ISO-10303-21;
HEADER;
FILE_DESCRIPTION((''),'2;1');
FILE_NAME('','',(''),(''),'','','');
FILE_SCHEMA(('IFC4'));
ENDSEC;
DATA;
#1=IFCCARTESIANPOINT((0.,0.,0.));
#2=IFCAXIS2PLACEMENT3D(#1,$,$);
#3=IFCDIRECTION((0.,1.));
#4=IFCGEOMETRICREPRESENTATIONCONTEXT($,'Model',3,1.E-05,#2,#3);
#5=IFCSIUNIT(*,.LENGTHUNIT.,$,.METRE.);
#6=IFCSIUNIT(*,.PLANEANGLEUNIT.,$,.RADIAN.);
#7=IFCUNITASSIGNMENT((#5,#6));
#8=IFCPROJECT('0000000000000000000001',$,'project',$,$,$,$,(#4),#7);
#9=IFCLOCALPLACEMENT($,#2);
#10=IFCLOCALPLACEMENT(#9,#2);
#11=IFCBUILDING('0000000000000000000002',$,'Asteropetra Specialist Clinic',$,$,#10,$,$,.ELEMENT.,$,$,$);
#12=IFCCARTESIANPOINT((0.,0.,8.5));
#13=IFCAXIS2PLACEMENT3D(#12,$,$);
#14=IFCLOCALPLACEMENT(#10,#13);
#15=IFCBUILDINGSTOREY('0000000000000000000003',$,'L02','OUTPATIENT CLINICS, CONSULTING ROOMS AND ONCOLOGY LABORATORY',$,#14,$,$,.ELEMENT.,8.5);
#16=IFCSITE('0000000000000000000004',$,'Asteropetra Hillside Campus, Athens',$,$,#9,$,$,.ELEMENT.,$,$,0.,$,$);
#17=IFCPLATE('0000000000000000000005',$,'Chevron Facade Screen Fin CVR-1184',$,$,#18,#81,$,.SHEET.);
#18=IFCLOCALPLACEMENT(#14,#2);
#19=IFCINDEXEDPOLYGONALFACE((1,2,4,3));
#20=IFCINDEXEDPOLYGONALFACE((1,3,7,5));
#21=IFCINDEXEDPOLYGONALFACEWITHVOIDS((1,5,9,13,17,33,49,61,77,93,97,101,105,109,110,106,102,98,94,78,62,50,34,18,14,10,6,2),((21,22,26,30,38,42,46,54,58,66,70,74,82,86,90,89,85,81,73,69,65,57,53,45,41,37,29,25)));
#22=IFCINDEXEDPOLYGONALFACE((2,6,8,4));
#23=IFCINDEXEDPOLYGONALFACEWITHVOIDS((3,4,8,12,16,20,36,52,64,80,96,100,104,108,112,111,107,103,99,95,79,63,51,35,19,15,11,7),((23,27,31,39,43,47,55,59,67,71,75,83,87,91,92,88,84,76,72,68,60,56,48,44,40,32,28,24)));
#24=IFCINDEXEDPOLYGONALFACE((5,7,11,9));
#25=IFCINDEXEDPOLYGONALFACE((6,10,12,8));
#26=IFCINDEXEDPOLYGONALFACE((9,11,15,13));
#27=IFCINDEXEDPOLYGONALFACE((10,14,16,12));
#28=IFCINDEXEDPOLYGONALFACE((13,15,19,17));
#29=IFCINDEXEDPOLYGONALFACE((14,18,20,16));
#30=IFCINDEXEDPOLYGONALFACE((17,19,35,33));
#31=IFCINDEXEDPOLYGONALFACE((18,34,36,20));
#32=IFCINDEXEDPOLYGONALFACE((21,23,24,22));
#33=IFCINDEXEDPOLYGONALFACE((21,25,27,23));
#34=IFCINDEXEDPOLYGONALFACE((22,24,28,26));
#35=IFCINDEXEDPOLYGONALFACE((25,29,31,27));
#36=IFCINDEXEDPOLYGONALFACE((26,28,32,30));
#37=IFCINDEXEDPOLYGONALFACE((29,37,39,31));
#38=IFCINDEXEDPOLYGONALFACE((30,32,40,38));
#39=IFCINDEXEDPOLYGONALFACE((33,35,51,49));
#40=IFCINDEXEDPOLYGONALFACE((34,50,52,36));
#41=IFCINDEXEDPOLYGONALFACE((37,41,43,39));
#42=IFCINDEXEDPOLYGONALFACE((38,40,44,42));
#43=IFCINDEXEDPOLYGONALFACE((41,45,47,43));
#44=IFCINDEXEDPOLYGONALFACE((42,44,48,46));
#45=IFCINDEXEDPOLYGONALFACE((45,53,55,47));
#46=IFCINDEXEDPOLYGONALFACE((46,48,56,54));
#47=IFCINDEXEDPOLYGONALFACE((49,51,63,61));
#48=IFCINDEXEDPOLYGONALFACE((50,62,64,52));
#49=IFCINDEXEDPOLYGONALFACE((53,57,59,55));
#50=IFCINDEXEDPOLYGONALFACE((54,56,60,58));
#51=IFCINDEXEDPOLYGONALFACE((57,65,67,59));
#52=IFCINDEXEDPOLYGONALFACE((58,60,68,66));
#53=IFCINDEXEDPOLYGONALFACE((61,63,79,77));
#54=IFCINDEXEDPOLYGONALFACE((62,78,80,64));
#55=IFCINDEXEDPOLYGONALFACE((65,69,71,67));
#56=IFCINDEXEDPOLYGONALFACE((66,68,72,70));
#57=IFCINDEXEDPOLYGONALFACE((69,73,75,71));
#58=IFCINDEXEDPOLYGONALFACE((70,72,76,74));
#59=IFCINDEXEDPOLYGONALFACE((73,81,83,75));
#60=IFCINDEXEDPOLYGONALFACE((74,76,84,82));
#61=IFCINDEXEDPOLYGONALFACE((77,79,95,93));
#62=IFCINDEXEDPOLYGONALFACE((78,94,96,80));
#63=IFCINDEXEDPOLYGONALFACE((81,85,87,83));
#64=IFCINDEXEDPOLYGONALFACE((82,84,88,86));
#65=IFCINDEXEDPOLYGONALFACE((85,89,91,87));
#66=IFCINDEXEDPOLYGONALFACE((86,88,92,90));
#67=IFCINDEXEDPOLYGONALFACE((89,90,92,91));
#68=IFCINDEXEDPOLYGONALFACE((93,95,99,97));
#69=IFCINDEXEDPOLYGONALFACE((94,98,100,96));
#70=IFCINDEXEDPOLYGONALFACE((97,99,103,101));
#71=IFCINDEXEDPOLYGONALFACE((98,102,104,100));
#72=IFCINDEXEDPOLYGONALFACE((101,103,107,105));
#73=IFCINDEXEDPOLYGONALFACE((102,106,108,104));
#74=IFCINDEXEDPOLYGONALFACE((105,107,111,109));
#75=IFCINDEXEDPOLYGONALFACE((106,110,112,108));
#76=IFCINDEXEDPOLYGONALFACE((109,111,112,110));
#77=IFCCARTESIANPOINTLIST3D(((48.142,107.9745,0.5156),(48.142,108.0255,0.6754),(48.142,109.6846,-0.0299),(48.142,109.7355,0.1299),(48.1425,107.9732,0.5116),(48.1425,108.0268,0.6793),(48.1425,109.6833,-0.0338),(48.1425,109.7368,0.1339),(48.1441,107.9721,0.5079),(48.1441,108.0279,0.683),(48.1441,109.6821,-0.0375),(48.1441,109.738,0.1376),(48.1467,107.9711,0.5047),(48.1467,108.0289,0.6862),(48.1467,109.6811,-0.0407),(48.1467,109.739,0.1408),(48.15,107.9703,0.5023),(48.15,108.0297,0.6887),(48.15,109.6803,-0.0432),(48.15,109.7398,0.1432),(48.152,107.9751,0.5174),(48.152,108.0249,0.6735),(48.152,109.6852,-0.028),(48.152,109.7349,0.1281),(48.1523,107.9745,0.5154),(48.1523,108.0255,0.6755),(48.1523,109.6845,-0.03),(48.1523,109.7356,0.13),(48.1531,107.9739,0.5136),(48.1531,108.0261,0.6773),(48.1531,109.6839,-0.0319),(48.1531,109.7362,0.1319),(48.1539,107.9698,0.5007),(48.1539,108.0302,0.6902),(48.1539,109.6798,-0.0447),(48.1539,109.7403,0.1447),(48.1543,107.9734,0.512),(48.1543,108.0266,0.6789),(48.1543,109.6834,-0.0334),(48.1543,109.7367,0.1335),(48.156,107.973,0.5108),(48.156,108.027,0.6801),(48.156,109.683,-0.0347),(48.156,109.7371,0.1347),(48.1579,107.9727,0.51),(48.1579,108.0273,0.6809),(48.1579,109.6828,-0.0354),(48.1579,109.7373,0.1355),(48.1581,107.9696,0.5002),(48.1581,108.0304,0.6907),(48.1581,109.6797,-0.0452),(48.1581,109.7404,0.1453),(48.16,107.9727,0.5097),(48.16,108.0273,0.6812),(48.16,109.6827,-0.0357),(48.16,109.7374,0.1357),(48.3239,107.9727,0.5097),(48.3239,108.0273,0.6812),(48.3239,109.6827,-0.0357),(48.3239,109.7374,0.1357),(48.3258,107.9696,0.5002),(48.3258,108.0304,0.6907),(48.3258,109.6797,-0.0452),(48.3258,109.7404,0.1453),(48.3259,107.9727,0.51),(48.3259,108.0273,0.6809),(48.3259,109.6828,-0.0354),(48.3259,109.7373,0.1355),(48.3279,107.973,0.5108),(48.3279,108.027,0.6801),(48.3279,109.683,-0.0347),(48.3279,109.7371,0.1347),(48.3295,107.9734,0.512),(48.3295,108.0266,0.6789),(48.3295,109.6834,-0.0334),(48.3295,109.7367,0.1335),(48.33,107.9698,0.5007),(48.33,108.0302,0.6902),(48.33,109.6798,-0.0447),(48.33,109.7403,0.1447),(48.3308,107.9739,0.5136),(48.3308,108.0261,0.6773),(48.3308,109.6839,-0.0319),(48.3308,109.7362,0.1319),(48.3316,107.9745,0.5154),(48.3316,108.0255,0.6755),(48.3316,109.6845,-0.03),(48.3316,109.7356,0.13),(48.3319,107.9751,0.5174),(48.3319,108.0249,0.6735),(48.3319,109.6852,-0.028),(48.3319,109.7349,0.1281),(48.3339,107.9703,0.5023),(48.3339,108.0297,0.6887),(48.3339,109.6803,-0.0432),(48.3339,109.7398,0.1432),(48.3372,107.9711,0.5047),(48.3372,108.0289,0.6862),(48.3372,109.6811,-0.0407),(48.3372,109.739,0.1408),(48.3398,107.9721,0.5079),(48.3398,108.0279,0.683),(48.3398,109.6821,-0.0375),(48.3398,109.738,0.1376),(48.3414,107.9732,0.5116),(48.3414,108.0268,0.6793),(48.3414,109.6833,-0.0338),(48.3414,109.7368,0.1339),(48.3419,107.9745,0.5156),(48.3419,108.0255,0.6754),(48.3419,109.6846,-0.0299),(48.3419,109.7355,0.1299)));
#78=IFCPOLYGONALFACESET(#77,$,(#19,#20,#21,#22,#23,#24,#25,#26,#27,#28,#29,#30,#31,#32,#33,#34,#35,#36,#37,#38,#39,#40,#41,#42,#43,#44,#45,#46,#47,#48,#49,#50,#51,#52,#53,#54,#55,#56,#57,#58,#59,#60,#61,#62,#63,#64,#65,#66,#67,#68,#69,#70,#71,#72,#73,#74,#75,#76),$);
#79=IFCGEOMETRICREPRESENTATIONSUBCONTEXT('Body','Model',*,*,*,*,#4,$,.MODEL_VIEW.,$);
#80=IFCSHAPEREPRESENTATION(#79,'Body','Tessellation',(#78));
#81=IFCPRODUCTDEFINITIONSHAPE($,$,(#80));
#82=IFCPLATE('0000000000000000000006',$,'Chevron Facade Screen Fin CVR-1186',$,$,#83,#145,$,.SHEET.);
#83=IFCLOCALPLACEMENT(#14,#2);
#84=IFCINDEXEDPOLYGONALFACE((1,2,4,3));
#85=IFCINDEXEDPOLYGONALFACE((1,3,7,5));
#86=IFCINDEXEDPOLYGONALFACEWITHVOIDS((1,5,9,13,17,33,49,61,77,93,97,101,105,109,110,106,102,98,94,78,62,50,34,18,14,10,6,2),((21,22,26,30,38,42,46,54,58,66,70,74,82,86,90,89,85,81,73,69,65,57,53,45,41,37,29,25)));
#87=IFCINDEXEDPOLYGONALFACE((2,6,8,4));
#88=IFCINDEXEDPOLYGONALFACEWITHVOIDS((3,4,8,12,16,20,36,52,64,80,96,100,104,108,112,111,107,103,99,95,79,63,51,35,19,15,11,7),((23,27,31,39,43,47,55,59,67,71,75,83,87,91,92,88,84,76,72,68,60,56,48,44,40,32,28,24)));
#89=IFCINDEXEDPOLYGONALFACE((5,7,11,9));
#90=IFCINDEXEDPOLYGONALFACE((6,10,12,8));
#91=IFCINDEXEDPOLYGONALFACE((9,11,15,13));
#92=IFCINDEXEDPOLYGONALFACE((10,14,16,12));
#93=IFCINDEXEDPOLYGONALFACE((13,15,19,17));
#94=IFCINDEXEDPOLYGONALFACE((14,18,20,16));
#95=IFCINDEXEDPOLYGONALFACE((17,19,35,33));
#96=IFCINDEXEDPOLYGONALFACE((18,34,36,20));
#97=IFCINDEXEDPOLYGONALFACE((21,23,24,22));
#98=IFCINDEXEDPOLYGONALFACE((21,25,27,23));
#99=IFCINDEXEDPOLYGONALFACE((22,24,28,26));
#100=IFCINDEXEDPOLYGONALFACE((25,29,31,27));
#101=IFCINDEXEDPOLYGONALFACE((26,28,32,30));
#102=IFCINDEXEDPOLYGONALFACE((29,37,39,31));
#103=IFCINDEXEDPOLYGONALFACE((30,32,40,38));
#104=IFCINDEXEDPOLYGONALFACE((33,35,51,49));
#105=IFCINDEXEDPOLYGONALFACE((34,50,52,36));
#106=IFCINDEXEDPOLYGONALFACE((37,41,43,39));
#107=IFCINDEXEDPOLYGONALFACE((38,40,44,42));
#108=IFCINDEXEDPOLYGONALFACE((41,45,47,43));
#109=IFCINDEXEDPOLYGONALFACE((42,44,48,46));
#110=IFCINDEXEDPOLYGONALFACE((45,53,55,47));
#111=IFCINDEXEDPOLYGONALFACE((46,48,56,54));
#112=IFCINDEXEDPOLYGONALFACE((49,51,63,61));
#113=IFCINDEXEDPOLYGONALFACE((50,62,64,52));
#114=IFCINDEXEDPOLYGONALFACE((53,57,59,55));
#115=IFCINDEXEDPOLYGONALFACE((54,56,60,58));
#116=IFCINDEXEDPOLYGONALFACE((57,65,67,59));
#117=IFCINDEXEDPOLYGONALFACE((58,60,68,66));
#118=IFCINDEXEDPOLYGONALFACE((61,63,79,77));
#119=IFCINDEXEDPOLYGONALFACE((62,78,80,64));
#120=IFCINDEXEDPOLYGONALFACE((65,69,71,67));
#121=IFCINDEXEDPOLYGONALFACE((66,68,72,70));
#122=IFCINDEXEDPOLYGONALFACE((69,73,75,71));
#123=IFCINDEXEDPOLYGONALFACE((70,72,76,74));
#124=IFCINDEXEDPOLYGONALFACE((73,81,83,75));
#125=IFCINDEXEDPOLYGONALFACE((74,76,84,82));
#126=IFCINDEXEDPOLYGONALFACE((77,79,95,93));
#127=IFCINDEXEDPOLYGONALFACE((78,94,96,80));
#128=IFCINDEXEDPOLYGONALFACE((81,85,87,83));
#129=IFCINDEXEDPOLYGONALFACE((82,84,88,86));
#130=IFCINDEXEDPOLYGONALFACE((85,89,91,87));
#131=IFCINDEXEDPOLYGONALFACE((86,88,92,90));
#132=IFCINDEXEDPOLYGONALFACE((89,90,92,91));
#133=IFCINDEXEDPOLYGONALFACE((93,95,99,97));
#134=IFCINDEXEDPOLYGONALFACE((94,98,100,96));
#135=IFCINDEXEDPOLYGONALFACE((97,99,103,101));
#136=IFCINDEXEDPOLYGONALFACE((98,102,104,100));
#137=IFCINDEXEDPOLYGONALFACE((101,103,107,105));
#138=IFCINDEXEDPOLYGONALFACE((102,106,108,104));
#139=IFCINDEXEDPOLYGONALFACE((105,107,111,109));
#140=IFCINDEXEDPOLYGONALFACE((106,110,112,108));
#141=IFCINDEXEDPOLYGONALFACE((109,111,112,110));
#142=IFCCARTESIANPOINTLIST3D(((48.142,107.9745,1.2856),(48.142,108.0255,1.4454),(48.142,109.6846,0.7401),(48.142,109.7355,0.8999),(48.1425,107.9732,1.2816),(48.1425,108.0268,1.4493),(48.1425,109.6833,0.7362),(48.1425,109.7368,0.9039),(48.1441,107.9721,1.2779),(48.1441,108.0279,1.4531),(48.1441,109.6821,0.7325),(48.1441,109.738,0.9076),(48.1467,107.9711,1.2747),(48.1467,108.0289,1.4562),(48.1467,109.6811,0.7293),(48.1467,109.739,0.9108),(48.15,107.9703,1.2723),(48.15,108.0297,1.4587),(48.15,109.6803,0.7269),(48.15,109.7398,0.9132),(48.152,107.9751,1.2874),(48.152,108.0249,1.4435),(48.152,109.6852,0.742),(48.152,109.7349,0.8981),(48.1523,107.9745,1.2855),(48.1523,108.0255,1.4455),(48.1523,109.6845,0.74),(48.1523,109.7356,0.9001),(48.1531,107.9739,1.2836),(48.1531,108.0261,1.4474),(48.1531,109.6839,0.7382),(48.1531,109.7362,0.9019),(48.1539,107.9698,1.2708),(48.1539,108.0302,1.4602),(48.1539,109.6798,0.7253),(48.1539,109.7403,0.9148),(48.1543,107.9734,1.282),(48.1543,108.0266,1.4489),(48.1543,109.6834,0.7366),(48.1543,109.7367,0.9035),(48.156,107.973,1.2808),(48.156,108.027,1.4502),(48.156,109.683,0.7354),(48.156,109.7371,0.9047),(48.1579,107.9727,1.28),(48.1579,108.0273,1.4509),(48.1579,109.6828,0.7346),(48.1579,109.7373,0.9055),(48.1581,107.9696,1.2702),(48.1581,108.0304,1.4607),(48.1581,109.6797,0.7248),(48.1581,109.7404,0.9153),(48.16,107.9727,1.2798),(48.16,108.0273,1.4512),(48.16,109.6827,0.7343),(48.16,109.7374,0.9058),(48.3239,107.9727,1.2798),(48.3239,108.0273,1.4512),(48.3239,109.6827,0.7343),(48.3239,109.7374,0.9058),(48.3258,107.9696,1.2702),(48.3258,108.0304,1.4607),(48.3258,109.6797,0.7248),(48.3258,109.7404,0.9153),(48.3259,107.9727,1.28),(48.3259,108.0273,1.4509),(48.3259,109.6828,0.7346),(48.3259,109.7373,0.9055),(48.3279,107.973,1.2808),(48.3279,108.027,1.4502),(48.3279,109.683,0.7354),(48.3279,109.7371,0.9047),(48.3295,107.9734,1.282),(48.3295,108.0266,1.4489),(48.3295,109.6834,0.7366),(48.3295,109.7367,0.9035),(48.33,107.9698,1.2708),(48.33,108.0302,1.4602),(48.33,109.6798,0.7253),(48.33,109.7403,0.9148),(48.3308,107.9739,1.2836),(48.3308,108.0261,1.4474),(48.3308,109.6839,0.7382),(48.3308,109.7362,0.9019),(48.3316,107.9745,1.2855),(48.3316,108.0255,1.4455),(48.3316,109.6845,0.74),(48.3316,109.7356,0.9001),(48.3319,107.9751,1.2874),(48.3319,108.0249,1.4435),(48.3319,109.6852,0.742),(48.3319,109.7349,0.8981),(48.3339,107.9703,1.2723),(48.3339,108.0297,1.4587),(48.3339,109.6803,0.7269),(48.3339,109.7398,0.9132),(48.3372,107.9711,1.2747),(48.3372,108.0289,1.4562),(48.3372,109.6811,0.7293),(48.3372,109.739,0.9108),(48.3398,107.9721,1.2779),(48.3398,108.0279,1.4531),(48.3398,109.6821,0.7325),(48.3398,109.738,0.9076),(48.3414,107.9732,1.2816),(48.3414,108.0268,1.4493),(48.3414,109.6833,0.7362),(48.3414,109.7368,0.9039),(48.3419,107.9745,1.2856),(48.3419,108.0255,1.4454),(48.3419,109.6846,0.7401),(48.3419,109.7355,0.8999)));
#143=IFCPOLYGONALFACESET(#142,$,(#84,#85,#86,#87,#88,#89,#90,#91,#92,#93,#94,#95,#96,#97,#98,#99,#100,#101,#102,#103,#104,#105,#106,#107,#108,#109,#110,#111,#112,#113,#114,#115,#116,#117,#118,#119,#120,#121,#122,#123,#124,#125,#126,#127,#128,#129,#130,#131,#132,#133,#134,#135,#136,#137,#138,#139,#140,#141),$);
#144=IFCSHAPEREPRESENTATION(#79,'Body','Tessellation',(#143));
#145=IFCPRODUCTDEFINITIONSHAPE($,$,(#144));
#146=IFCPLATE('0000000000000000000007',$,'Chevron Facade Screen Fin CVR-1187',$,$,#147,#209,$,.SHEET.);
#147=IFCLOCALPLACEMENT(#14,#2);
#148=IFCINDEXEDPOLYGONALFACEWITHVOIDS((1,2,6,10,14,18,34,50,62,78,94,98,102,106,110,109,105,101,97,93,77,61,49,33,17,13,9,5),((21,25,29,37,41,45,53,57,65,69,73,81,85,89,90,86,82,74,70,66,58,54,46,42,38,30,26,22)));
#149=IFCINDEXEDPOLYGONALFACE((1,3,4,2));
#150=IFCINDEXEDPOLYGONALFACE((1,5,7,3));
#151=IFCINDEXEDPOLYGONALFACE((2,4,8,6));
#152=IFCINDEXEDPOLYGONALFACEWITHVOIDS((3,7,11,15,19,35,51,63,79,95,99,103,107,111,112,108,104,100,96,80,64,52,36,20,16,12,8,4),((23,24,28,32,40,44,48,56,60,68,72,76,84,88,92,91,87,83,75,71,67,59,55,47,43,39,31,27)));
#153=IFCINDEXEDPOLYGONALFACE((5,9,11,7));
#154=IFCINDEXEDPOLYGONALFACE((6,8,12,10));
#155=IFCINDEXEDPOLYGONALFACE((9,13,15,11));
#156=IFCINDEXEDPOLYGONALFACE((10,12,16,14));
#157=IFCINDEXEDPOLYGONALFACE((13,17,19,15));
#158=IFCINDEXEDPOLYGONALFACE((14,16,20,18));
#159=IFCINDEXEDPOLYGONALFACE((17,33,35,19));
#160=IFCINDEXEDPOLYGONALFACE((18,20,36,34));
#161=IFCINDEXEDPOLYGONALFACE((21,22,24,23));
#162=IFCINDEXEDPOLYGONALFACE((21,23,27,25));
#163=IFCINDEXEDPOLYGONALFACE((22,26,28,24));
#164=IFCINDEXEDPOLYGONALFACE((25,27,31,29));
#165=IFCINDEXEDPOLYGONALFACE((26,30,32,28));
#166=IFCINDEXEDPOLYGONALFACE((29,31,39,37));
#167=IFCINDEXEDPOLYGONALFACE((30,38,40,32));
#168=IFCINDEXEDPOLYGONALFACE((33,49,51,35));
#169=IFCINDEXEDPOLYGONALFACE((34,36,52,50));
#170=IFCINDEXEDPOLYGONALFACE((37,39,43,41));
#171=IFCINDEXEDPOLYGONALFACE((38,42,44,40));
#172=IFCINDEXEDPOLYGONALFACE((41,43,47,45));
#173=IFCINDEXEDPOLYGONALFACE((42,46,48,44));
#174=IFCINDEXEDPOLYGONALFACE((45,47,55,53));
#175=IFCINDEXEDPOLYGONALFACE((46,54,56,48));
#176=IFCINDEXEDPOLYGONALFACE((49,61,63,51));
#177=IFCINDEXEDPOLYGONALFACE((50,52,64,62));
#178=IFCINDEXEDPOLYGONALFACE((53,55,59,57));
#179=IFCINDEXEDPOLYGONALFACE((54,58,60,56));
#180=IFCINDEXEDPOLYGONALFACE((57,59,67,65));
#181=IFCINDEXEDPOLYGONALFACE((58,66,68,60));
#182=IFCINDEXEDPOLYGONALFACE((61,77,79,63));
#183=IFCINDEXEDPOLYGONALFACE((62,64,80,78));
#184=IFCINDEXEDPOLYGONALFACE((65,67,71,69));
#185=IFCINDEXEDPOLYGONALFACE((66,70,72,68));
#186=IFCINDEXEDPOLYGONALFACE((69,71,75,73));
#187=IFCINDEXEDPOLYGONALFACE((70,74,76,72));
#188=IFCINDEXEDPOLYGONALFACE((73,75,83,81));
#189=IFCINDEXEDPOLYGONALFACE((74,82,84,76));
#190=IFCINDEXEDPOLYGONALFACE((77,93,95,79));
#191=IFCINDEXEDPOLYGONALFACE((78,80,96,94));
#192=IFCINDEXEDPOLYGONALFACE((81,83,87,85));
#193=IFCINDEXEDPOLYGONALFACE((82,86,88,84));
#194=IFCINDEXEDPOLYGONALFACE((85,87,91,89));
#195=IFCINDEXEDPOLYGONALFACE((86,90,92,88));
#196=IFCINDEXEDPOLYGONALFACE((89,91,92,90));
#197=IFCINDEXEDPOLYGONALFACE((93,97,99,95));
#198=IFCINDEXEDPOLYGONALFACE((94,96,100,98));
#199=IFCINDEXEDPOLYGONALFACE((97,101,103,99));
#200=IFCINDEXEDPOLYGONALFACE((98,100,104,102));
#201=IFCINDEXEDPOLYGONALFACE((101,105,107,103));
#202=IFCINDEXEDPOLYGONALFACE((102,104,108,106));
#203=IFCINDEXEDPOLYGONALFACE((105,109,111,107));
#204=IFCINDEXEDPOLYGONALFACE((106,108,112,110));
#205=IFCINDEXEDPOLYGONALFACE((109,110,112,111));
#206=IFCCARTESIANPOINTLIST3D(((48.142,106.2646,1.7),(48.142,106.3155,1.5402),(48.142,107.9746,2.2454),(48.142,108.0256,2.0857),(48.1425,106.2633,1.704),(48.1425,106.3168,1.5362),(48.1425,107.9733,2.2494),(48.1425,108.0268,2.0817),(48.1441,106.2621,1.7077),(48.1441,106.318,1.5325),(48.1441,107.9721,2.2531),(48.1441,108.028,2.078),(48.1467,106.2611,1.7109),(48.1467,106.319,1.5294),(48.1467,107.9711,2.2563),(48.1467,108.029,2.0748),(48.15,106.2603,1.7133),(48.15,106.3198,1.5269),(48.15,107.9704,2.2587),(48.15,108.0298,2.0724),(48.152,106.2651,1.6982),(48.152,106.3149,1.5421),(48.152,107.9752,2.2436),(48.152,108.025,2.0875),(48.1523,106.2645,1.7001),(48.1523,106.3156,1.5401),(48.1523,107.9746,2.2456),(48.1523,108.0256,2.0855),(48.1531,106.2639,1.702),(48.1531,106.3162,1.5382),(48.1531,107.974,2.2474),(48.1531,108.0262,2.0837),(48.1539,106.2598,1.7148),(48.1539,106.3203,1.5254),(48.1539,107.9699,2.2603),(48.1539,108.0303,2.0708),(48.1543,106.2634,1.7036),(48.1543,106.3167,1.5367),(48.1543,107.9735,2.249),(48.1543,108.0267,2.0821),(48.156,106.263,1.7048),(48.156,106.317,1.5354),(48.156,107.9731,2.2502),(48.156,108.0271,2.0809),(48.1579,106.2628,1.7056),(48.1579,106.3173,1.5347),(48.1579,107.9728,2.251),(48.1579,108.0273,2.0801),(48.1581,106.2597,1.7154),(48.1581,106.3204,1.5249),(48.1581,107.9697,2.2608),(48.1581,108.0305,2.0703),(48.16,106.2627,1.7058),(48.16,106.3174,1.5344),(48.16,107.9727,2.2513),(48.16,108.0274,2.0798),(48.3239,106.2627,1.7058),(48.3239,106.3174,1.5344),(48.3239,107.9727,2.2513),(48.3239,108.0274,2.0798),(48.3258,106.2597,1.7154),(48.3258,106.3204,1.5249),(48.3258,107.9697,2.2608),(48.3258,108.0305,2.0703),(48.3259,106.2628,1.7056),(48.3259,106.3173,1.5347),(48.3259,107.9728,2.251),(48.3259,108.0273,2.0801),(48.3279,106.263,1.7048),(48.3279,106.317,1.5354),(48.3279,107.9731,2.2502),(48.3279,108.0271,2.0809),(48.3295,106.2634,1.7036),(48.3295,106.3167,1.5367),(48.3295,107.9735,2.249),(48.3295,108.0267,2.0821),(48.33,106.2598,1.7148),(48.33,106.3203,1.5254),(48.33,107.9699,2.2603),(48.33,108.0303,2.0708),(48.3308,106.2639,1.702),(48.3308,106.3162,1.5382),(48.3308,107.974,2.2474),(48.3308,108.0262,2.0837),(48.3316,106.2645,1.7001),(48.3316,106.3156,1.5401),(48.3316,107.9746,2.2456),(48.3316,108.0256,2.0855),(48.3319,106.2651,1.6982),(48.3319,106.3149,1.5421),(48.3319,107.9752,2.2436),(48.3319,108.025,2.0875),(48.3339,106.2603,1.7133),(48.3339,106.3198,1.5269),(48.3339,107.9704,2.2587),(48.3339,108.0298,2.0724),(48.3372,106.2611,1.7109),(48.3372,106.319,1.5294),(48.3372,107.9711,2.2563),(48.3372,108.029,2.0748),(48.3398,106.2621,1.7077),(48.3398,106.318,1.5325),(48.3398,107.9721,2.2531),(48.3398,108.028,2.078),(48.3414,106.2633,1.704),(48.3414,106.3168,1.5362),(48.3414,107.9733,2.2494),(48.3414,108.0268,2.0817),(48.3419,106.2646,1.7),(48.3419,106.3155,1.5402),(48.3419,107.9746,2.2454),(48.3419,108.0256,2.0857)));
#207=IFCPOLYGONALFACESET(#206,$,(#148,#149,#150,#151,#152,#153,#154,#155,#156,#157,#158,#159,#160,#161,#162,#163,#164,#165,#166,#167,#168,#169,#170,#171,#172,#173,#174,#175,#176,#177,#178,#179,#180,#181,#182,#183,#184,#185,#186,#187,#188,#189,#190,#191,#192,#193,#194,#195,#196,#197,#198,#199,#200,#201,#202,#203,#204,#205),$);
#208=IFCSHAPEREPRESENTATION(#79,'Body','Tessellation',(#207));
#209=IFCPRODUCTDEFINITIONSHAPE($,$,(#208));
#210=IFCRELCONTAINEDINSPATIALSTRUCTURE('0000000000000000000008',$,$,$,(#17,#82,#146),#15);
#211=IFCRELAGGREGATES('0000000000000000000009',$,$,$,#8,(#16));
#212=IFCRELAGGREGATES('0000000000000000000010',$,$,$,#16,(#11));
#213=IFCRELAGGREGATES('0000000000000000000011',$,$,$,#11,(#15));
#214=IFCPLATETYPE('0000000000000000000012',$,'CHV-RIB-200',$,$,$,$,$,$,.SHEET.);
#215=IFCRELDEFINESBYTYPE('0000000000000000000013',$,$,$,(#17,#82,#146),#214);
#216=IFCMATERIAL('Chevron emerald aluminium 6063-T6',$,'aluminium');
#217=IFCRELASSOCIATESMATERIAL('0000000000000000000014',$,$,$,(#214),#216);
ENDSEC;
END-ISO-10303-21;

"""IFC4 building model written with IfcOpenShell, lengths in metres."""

from ifc_helpers import new_model, si_unit, direction, frame, origin, origin_2d, place, context, subcontext, project, spatial, hollow_rectangle, extrude, material, material_profile, profile_set, type_object, element, save


model = new_model("IFC4")

# Units and contexts
model_context = context("Model", 3, precision=1e-05, world=origin(), true_north=direction((0.0, 1.0)))
body_context = subcontext(model_context, "Body", "Model", "MODEL_VIEW")
ifc_project = project(units=[si_unit("LENGTHUNIT", "METRE"), si_unit("PLANEANGLEUNIT", "RADIAN")], contexts=[model_context])

# Site, building, storey
site_placement = place(None, origin())
site = spatial("IfcSite", under=ifc_project, at=site_placement, Name="Asteropetra Hillside Campus, Athens", CompositionType="ELEMENT", RefElevation=0.0)
building_placement = place(site_placement, origin())
building = spatial("IfcBuilding", under=site, at=building_placement, Name="Asteropetra Specialist Clinic", CompositionType="ELEMENT")
storey_placement = place(building_placement, frame((0.0, 0.0, 8.5)))
storey = spatial("IfcBuildingStorey", under=building, at=storey_placement, Name="L02", Description="OUTPATIENT CLINICS, CONSULTING ROOMS AND ONCOLOGY LABORATORY", CompositionType="ELEMENT", Elevation=8.5)

# Plates
ifc_material_1 = material(Name="Chevron emerald aluminium 6063-T6", Category="aluminium")
ifc_material_profile_1 = material_profile(ifc_material_1, hollow_rectangle(XDim=0.2, YDim=0.2, WallThickness=0.01, InnerFilletRadius=0.0081, OuterFilletRadius=0.0161, at=origin_2d()), Name="SHS 200x200x10.0")
ifc_profile_set_1 = profile_set([ifc_material_profile_1], Name="Chevron emerald aluminium 6063-T6")
plate_type_1 = type_object("IfcPlateType", Name="CHV-RIB-200", PredefinedType="SHEET", material=ifc_profile_set_1)
for number, where, z_axis, x_axis, name in (
    (1, (48.2419, 108.0, 0.5955), (0.0, 0.952711, -0.303877), (-1.0, 0.0, 0.0), "Chevron Facade Screen Fin CVR-1184"),
    (2, (48.2419, 108.0, 1.3655), (0.0, 0.952711, -0.303877), (-1.0, 0.0, 0.0), "Chevron Facade Screen Fin CVR-1186"),
    (3, (48.2419, 106.29, 1.6201), (0.0, 0.952711, 0.303877), (-1.0, 0.0, 0.0), "Chevron Facade Screen Fin CVR-1187"),
):
    element("IfcPlate", number, at=place(storey_placement, frame(where, z_axis=z_axis, x_axis=x_axis)), inside=storey, type_object=plate_type_1, Name=name, PredefinedType="SHEET", context=body_context, shape_type="SweptSolid", body=[
        extrude(hollow_rectangle(XDim=0.2, YDim=0.2, WallThickness=0.01, InnerFilletRadius=0.0081, OuterFilletRadius=0.0161, at=origin_2d()), origin(), (0.0, 0.0, 1.0), 1.7949),
    ])

save(model, "model.ifc")
